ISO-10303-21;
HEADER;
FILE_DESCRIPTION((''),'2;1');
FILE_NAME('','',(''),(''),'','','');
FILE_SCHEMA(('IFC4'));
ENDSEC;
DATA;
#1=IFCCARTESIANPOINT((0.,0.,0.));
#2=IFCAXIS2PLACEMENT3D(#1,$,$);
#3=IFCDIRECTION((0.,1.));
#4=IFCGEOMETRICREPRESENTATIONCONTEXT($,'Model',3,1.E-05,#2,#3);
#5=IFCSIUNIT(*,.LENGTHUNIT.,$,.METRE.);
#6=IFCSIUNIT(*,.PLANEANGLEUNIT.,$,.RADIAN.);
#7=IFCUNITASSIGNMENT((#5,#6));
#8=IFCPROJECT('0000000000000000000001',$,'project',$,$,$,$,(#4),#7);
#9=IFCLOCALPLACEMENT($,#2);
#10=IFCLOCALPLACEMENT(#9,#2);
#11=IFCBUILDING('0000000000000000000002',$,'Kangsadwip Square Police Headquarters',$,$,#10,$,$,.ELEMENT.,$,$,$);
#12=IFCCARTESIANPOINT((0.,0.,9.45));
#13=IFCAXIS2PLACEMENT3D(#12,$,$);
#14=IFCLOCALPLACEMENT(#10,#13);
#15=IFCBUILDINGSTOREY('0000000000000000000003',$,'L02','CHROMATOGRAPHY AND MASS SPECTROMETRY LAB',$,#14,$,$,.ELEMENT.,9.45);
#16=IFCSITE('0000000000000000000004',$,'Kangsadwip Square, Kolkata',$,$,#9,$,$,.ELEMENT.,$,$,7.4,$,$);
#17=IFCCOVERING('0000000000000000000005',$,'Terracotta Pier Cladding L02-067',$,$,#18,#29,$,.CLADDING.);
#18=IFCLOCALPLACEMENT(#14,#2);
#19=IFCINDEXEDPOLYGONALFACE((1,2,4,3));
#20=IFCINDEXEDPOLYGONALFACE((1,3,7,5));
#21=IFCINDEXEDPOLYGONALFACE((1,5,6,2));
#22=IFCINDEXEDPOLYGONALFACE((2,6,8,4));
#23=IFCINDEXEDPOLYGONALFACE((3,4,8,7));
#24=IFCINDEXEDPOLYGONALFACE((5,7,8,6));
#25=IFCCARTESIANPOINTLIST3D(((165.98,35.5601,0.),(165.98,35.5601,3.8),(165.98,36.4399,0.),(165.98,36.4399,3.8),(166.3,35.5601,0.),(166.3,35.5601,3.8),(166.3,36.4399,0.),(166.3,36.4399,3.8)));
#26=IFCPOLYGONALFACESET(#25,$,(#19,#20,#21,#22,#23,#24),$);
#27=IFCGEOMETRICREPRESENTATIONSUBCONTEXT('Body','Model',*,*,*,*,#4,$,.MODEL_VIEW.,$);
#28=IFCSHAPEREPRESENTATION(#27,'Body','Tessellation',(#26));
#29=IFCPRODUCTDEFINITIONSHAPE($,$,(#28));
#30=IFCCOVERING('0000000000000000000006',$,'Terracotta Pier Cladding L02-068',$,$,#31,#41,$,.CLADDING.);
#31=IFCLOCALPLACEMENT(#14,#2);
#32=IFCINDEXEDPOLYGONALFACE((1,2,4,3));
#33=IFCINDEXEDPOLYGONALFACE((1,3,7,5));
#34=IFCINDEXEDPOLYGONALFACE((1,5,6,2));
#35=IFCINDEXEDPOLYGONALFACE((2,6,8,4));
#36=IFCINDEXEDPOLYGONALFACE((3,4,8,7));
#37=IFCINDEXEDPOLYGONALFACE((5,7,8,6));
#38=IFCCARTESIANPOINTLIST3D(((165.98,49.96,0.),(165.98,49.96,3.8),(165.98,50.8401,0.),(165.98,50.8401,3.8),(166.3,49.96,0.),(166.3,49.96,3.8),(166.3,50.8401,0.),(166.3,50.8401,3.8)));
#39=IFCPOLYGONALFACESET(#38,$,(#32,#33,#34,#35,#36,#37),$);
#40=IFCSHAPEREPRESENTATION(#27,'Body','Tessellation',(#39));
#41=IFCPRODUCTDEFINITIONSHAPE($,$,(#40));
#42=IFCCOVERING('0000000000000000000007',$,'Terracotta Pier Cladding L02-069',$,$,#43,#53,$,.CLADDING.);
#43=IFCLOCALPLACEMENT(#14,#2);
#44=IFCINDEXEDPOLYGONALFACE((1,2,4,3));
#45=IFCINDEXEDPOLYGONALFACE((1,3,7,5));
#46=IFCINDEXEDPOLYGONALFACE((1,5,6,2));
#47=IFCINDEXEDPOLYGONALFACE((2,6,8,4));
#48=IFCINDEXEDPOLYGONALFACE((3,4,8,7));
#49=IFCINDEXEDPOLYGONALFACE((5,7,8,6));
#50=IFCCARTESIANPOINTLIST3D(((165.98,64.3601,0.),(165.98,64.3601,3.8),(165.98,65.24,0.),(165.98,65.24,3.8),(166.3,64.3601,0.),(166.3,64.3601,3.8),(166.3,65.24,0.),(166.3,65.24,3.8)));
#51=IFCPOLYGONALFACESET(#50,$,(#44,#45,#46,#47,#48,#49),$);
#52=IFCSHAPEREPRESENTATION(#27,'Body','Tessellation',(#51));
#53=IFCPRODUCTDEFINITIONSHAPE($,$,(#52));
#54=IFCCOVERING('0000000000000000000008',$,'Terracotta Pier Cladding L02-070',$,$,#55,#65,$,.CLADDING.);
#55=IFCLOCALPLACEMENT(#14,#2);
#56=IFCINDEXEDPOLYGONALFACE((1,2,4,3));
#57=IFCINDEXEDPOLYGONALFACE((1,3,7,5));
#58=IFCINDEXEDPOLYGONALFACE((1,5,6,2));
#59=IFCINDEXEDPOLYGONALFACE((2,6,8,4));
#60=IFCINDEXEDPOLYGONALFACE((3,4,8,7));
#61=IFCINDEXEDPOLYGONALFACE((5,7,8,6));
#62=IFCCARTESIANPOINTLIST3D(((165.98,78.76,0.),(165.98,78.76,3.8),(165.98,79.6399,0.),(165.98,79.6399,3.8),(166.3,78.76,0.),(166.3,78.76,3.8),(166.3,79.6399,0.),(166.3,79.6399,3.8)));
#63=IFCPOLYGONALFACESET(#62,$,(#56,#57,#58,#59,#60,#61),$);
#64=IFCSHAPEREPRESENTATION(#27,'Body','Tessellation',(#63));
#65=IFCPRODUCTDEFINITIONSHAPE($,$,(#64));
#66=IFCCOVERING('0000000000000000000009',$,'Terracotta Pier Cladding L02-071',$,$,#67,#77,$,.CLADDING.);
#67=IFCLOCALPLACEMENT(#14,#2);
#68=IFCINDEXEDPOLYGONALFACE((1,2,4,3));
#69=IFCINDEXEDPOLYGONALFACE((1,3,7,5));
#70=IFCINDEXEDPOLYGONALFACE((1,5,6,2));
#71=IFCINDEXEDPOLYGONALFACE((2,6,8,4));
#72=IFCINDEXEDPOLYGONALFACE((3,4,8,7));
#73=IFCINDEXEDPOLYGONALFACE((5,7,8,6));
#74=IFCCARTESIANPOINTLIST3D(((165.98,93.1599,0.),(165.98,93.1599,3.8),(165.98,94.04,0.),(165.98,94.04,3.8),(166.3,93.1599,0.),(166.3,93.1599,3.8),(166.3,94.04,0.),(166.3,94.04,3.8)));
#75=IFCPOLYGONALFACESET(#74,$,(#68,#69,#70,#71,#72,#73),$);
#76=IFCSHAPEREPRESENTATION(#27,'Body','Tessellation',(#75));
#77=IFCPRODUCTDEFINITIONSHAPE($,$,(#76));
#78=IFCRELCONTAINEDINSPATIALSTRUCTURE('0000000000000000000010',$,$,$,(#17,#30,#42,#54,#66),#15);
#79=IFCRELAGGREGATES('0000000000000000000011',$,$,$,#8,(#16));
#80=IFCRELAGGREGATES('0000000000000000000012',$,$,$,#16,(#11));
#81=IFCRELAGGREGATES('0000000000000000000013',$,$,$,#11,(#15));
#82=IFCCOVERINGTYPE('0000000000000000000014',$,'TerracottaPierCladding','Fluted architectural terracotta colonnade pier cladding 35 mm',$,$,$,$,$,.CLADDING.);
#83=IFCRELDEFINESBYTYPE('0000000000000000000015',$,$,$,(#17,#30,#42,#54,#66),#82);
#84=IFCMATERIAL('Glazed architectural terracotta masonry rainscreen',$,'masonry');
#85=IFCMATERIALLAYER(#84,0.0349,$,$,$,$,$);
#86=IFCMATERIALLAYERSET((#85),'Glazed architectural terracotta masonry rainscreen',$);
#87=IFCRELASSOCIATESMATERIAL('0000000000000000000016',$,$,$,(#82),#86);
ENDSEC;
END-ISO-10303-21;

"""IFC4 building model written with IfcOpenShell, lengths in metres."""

from ifc_helpers import new_model, si_unit, direction, frame, origin, place, context, subcontext, project, spatial, polyline, outline, extrude, material, layer, layer_set, type_object, element, save


model = new_model("IFC4")

# Units and contexts
model_context = context("Model", 3, precision=1e-05, world=origin(), true_north=direction((0.0, 1.0)))
body_context = subcontext(model_context, "Body", "Model", "MODEL_VIEW")
ifc_project = project(units=[si_unit("LENGTHUNIT", "METRE"), si_unit("PLANEANGLEUNIT", "RADIAN")], contexts=[model_context])

# Site, building, storey
site_placement = place(None, origin())
site = spatial("IfcSite", under=ifc_project, at=site_placement, Name="Kangsadwip Square, Kolkata", CompositionType="ELEMENT", RefElevation=7.4)
building_placement = place(site_placement, origin())
building = spatial("IfcBuilding", under=site, at=building_placement, Name="Kangsadwip Square Police Headquarters", CompositionType="ELEMENT")
storey_placement = place(building_placement, frame((0.0, 0.0, 9.45)))
storey = spatial("IfcBuildingStorey", under=building, at=storey_placement, Name="L02", Description="CHROMATOGRAPHY AND MASS SPECTROMETRY LAB", CompositionType="ELEMENT", Elevation=9.45)

# Coverings
ifc_material_1 = material(Name="Glazed architectural terracotta masonry rainscreen", Category="masonry")
ifc_layer_1 = layer(ifc_material_1, 0.0349)
ifc_layer_set_1 = layer_set([ifc_layer_1], Name="Glazed architectural terracotta masonry rainscreen")
covering_type = type_object("IfcCoveringType", Name="TerracottaPierCladding", Description="Fluted architectural terracotta colonnade pier cladding 35 mm", PredefinedType="CLADDING", material=ifc_layer_set_1)
covering_1_placement = place(storey_placement, origin())
element("IfcCovering", 1, at=covering_1_placement, inside=storey, type_object=covering_type, Name="Terracotta Pier Cladding L02-067", PredefinedType="CLADDING", context=body_context, shape_type="SweptSolid", body=[
    extrude(outline(polyline([(165.98, 35.5601), (166.3, 35.5601), (166.3, 36.4399), (165.98, 36.4399), (165.98, 35.5601)])), origin(), (0.0, 0.0, 1.0), 3.8),
])
covering_2_placement = place(storey_placement, origin())
element("IfcCovering", 2, at=covering_2_placement, inside=storey, type_object=covering_type, Name="Terracotta Pier Cladding L02-068", PredefinedType="CLADDING", context=body_context, shape_type="SweptSolid", body=[
    extrude(outline(polyline([(165.98, 49.96), (166.3, 49.96), (166.3, 50.8401), (165.98, 50.8401), (165.98, 49.96)])), origin(), (0.0, 0.0, 1.0), 3.8),
])
covering_3_placement = place(storey_placement, origin())
element("IfcCovering", 3, at=covering_3_placement, inside=storey, type_object=covering_type, Name="Terracotta Pier Cladding L02-069", PredefinedType="CLADDING", context=body_context, shape_type="SweptSolid", body=[
    extrude(outline(polyline([(165.98, 64.3601), (166.3, 64.3601), (166.3, 65.24), (165.98, 65.24), (165.98, 64.3601)])), origin(), (0.0, 0.0, 1.0), 3.8),
])
covering_4_placement = place(storey_placement, origin())
element("IfcCovering", 4, at=covering_4_placement, inside=storey, type_object=covering_type, Name="Terracotta Pier Cladding L02-070", PredefinedType="CLADDING", context=body_context, shape_type="SweptSolid", body=[
    extrude(outline(polyline([(165.98, 78.76), (166.3, 78.76), (166.3, 79.6399), (165.98, 79.6399), (165.98, 78.76)])), origin(), (0.0, 0.0, 1.0), 3.8),
])
covering_5_placement = place(storey_placement, origin())
element("IfcCovering", 5, at=covering_5_placement, inside=storey, type_object=covering_type, Name="Terracotta Pier Cladding L02-071", PredefinedType="CLADDING", context=body_context, shape_type="SweptSolid", body=[
    extrude(outline(polyline([(165.98, 93.1599), (166.3, 93.1599), (166.3, 94.04), (165.98, 94.04), (165.98, 93.1599)])), origin(), (0.0, 0.0, 1.0), 3.8),
])

save(model, "model.ifc")
